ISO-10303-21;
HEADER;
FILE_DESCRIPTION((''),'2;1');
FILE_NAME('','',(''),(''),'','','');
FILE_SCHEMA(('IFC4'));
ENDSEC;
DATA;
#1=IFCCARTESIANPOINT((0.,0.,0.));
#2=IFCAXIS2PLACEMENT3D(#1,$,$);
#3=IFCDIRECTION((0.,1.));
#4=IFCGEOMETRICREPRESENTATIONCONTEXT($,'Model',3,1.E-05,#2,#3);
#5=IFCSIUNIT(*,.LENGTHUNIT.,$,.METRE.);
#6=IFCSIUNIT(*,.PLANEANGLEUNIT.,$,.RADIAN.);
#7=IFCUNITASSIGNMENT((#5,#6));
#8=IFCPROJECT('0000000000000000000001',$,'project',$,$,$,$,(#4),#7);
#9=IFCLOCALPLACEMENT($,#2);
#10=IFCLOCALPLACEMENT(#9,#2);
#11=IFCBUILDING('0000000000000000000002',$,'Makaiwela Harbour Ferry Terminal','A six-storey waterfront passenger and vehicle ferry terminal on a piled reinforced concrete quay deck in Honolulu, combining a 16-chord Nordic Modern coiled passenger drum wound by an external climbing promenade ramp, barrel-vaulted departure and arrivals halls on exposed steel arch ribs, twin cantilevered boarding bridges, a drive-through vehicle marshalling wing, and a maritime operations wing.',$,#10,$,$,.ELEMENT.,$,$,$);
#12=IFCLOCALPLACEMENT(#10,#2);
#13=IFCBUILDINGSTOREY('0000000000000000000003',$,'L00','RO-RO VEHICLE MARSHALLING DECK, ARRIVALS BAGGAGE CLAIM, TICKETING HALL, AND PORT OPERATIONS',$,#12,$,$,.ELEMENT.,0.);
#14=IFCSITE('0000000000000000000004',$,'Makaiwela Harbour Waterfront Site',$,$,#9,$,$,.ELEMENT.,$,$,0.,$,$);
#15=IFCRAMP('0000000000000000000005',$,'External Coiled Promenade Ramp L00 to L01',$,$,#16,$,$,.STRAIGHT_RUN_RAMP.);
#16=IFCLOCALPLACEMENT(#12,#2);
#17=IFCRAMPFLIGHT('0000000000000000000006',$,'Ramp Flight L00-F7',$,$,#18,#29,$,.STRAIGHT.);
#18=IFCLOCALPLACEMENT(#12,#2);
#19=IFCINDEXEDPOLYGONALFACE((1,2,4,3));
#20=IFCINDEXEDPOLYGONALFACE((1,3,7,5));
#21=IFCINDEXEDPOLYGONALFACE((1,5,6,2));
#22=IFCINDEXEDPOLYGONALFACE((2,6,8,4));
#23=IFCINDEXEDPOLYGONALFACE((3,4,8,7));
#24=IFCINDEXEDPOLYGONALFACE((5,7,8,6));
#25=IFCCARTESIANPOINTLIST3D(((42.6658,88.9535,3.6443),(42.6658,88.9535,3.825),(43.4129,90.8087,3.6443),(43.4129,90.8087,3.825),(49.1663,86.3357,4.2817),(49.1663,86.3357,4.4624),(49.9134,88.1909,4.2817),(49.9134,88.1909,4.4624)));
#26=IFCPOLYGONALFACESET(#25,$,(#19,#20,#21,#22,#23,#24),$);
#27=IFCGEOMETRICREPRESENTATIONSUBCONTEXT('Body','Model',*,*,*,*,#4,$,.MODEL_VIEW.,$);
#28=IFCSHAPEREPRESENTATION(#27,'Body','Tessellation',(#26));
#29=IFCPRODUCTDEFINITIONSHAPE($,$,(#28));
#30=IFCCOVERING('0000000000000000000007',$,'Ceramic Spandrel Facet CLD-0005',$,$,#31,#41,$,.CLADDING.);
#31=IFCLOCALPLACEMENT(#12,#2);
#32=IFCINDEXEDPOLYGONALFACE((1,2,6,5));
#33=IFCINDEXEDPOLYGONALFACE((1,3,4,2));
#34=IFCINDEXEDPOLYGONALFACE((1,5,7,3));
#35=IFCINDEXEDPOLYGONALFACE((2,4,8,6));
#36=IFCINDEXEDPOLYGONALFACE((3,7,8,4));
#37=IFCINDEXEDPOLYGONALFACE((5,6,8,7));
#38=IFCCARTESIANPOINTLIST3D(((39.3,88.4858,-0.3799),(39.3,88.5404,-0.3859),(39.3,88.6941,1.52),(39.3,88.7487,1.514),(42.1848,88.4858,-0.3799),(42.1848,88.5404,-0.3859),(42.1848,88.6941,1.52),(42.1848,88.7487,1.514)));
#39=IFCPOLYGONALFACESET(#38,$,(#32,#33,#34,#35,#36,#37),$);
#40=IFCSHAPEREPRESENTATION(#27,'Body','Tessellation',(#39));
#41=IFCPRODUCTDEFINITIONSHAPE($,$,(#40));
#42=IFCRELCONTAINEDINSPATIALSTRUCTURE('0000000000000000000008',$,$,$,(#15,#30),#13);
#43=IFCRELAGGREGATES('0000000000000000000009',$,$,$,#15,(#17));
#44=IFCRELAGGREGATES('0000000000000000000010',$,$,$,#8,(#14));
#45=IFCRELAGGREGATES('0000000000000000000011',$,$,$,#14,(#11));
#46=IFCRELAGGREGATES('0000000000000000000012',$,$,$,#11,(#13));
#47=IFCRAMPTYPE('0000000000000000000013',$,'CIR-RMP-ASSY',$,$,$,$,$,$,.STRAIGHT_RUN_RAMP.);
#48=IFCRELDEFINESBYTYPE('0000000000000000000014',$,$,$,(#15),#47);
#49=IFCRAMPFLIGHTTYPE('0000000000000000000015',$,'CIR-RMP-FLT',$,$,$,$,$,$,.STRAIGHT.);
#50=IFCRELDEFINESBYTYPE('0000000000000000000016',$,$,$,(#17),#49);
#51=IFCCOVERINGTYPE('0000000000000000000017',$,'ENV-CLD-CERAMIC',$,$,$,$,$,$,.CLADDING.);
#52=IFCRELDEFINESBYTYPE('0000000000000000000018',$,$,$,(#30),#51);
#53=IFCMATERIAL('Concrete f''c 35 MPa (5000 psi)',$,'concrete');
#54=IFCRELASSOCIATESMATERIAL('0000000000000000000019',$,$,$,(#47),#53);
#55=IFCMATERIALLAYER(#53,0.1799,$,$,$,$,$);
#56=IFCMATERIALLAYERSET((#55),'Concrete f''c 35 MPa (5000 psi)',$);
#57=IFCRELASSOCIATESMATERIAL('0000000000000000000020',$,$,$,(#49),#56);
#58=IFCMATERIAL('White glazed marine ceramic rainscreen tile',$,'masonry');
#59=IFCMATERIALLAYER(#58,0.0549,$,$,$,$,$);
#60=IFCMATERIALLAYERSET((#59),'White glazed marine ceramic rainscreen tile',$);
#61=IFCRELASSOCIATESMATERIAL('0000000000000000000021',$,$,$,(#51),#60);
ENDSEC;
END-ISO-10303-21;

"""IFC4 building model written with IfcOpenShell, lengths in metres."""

from ifc_helpers import new_model, si_unit, direction, frame, origin, place, context, subcontext, project, spatial, polyline, outline, extrude, material, layer, layer_set, type_object, element, aggregate, save


model = new_model("IFC4")

# Units and contexts
model_context = context("Model", 3, precision=1e-05, world=origin(), true_north=direction((0.0, 1.0)))
body_context = subcontext(model_context, "Body", "Model", "MODEL_VIEW")
ifc_project = project(units=[si_unit("LENGTHUNIT", "METRE"), si_unit("PLANEANGLEUNIT", "RADIAN")], contexts=[model_context])

# Site, building, storey
site_placement = place(None, origin())
site = spatial("IfcSite", under=ifc_project, at=site_placement, Name="Makaiwela Harbour Waterfront Site", CompositionType="ELEMENT", RefElevation=0.0)
building_placement = place(site_placement, origin())
building = spatial("IfcBuilding", under=site, at=building_placement, Name="Makaiwela Harbour Ferry Terminal", Description="A six-storey waterfront passenger and vehicle ferry terminal on a piled reinforced concrete quay deck in Honolulu, combining a 16-chord Nordic Modern coiled passenger drum wound by an external climbing promenade ramp, barrel-vaulted departure and arrivals halls on exposed steel arch ribs, twin cantilevered boarding bridges, a drive-through vehicle marshalling wing, and a maritime operations wing.", CompositionType="ELEMENT")
storey_placement = place(building_placement, origin())
storey = spatial("IfcBuildingStorey", under=building, at=storey_placement, Name="L00", Description="RO-RO VEHICLE MARSHALLING DECK, ARRIVALS BAGGAGE CLAIM, TICKETING HALL, AND PORT OPERATIONS", CompositionType="ELEMENT", Elevation=0.0)

# Ramp, ramp flight
ifc_material_1 = material(Name="Concrete f'c 35 MPa (5000 psi)", Category="concrete")
ramp_type = type_object("IfcRampType", Name="CIR-RMP-ASSY", PredefinedType="STRAIGHT_RUN_RAMP", material=ifc_material_1)
ramp_placement = place(storey_placement, origin())
ramp = element("IfcRamp", 1, at=ramp_placement, inside=storey, type_object=ramp_type, Name="External Coiled Promenade Ramp L00 to L01", PredefinedType="STRAIGHT_RUN_RAMP")
ifc_layer_1 = layer(ifc_material_1, 0.1799)
ifc_layer_set_1 = layer_set([ifc_layer_1], Name="Concrete f'c 35 MPa (5000 psi)")
ramp_flight_type = type_object("IfcRampFlightType", Name="CIR-RMP-FLT", PredefinedType="STRAIGHT", material=ifc_layer_set_1)
ramp_flight_placement = place(storey_placement, frame((43.0393, 89.8811, 3.825), z_axis=(0.0, 0.0, 1.0), x_axis=(0.927608, -0.373554, 0.0)))
ramp_flight = element("IfcRampFlight", 2, at=ramp_flight_placement, type_object=ramp_flight_type, Name="Ramp Flight L00-F7", PredefinedType="STRAIGHT", context=body_context, shape_type="SweptSolid", body=[
    extrude(outline(polyline([(0.0, 0.0), (7.0078, 0.6375), (7.0078, 0.4568), (0.0, -0.1807), (0.0, 0.0)])), frame((0.0, 1.0, 0.0), z_axis=(0.0, -1.0, 0.0), x_axis=(1.0, 0.0, 0.0)), (0.0, 0.0, 1.0), 2.0),
])
aggregate(ramp, [ramp_flight])

# Covering
ifc_material_2 = material(Name="White glazed marine ceramic rainscreen tile", Category="masonry")
ifc_layer_2 = layer(ifc_material_2, 0.0549)
ifc_layer_set_2 = layer_set([ifc_layer_2], Name="White glazed marine ceramic rainscreen tile")
covering_type = type_object("IfcCoveringType", Name="ENV-CLD-CERAMIC", PredefinedType="CLADDING", material=ifc_layer_set_2)
covering_placement = place(storey_placement, frame((42.1848, 88.4858, -0.3799), z_axis=(0.0, -0.994046, 0.108959), x_axis=(-1.0, 0.0, 0.0)))
element("IfcCovering", 3, at=covering_placement, inside=storey, type_object=covering_type, Name="Ceramic Spandrel Facet CLD-0005", PredefinedType="CLADDING", context=body_context, shape_type="SweptSolid", body=[
    extrude(outline(polyline([(0.0, 0.0), (2.8848, 0.0), (2.8848, -1.9113), (0.0, -1.9113), (0.0, 0.0)])), origin(), (0.0, 0.0, -1.0), 0.0549),
])

save(model, "model.ifc")
